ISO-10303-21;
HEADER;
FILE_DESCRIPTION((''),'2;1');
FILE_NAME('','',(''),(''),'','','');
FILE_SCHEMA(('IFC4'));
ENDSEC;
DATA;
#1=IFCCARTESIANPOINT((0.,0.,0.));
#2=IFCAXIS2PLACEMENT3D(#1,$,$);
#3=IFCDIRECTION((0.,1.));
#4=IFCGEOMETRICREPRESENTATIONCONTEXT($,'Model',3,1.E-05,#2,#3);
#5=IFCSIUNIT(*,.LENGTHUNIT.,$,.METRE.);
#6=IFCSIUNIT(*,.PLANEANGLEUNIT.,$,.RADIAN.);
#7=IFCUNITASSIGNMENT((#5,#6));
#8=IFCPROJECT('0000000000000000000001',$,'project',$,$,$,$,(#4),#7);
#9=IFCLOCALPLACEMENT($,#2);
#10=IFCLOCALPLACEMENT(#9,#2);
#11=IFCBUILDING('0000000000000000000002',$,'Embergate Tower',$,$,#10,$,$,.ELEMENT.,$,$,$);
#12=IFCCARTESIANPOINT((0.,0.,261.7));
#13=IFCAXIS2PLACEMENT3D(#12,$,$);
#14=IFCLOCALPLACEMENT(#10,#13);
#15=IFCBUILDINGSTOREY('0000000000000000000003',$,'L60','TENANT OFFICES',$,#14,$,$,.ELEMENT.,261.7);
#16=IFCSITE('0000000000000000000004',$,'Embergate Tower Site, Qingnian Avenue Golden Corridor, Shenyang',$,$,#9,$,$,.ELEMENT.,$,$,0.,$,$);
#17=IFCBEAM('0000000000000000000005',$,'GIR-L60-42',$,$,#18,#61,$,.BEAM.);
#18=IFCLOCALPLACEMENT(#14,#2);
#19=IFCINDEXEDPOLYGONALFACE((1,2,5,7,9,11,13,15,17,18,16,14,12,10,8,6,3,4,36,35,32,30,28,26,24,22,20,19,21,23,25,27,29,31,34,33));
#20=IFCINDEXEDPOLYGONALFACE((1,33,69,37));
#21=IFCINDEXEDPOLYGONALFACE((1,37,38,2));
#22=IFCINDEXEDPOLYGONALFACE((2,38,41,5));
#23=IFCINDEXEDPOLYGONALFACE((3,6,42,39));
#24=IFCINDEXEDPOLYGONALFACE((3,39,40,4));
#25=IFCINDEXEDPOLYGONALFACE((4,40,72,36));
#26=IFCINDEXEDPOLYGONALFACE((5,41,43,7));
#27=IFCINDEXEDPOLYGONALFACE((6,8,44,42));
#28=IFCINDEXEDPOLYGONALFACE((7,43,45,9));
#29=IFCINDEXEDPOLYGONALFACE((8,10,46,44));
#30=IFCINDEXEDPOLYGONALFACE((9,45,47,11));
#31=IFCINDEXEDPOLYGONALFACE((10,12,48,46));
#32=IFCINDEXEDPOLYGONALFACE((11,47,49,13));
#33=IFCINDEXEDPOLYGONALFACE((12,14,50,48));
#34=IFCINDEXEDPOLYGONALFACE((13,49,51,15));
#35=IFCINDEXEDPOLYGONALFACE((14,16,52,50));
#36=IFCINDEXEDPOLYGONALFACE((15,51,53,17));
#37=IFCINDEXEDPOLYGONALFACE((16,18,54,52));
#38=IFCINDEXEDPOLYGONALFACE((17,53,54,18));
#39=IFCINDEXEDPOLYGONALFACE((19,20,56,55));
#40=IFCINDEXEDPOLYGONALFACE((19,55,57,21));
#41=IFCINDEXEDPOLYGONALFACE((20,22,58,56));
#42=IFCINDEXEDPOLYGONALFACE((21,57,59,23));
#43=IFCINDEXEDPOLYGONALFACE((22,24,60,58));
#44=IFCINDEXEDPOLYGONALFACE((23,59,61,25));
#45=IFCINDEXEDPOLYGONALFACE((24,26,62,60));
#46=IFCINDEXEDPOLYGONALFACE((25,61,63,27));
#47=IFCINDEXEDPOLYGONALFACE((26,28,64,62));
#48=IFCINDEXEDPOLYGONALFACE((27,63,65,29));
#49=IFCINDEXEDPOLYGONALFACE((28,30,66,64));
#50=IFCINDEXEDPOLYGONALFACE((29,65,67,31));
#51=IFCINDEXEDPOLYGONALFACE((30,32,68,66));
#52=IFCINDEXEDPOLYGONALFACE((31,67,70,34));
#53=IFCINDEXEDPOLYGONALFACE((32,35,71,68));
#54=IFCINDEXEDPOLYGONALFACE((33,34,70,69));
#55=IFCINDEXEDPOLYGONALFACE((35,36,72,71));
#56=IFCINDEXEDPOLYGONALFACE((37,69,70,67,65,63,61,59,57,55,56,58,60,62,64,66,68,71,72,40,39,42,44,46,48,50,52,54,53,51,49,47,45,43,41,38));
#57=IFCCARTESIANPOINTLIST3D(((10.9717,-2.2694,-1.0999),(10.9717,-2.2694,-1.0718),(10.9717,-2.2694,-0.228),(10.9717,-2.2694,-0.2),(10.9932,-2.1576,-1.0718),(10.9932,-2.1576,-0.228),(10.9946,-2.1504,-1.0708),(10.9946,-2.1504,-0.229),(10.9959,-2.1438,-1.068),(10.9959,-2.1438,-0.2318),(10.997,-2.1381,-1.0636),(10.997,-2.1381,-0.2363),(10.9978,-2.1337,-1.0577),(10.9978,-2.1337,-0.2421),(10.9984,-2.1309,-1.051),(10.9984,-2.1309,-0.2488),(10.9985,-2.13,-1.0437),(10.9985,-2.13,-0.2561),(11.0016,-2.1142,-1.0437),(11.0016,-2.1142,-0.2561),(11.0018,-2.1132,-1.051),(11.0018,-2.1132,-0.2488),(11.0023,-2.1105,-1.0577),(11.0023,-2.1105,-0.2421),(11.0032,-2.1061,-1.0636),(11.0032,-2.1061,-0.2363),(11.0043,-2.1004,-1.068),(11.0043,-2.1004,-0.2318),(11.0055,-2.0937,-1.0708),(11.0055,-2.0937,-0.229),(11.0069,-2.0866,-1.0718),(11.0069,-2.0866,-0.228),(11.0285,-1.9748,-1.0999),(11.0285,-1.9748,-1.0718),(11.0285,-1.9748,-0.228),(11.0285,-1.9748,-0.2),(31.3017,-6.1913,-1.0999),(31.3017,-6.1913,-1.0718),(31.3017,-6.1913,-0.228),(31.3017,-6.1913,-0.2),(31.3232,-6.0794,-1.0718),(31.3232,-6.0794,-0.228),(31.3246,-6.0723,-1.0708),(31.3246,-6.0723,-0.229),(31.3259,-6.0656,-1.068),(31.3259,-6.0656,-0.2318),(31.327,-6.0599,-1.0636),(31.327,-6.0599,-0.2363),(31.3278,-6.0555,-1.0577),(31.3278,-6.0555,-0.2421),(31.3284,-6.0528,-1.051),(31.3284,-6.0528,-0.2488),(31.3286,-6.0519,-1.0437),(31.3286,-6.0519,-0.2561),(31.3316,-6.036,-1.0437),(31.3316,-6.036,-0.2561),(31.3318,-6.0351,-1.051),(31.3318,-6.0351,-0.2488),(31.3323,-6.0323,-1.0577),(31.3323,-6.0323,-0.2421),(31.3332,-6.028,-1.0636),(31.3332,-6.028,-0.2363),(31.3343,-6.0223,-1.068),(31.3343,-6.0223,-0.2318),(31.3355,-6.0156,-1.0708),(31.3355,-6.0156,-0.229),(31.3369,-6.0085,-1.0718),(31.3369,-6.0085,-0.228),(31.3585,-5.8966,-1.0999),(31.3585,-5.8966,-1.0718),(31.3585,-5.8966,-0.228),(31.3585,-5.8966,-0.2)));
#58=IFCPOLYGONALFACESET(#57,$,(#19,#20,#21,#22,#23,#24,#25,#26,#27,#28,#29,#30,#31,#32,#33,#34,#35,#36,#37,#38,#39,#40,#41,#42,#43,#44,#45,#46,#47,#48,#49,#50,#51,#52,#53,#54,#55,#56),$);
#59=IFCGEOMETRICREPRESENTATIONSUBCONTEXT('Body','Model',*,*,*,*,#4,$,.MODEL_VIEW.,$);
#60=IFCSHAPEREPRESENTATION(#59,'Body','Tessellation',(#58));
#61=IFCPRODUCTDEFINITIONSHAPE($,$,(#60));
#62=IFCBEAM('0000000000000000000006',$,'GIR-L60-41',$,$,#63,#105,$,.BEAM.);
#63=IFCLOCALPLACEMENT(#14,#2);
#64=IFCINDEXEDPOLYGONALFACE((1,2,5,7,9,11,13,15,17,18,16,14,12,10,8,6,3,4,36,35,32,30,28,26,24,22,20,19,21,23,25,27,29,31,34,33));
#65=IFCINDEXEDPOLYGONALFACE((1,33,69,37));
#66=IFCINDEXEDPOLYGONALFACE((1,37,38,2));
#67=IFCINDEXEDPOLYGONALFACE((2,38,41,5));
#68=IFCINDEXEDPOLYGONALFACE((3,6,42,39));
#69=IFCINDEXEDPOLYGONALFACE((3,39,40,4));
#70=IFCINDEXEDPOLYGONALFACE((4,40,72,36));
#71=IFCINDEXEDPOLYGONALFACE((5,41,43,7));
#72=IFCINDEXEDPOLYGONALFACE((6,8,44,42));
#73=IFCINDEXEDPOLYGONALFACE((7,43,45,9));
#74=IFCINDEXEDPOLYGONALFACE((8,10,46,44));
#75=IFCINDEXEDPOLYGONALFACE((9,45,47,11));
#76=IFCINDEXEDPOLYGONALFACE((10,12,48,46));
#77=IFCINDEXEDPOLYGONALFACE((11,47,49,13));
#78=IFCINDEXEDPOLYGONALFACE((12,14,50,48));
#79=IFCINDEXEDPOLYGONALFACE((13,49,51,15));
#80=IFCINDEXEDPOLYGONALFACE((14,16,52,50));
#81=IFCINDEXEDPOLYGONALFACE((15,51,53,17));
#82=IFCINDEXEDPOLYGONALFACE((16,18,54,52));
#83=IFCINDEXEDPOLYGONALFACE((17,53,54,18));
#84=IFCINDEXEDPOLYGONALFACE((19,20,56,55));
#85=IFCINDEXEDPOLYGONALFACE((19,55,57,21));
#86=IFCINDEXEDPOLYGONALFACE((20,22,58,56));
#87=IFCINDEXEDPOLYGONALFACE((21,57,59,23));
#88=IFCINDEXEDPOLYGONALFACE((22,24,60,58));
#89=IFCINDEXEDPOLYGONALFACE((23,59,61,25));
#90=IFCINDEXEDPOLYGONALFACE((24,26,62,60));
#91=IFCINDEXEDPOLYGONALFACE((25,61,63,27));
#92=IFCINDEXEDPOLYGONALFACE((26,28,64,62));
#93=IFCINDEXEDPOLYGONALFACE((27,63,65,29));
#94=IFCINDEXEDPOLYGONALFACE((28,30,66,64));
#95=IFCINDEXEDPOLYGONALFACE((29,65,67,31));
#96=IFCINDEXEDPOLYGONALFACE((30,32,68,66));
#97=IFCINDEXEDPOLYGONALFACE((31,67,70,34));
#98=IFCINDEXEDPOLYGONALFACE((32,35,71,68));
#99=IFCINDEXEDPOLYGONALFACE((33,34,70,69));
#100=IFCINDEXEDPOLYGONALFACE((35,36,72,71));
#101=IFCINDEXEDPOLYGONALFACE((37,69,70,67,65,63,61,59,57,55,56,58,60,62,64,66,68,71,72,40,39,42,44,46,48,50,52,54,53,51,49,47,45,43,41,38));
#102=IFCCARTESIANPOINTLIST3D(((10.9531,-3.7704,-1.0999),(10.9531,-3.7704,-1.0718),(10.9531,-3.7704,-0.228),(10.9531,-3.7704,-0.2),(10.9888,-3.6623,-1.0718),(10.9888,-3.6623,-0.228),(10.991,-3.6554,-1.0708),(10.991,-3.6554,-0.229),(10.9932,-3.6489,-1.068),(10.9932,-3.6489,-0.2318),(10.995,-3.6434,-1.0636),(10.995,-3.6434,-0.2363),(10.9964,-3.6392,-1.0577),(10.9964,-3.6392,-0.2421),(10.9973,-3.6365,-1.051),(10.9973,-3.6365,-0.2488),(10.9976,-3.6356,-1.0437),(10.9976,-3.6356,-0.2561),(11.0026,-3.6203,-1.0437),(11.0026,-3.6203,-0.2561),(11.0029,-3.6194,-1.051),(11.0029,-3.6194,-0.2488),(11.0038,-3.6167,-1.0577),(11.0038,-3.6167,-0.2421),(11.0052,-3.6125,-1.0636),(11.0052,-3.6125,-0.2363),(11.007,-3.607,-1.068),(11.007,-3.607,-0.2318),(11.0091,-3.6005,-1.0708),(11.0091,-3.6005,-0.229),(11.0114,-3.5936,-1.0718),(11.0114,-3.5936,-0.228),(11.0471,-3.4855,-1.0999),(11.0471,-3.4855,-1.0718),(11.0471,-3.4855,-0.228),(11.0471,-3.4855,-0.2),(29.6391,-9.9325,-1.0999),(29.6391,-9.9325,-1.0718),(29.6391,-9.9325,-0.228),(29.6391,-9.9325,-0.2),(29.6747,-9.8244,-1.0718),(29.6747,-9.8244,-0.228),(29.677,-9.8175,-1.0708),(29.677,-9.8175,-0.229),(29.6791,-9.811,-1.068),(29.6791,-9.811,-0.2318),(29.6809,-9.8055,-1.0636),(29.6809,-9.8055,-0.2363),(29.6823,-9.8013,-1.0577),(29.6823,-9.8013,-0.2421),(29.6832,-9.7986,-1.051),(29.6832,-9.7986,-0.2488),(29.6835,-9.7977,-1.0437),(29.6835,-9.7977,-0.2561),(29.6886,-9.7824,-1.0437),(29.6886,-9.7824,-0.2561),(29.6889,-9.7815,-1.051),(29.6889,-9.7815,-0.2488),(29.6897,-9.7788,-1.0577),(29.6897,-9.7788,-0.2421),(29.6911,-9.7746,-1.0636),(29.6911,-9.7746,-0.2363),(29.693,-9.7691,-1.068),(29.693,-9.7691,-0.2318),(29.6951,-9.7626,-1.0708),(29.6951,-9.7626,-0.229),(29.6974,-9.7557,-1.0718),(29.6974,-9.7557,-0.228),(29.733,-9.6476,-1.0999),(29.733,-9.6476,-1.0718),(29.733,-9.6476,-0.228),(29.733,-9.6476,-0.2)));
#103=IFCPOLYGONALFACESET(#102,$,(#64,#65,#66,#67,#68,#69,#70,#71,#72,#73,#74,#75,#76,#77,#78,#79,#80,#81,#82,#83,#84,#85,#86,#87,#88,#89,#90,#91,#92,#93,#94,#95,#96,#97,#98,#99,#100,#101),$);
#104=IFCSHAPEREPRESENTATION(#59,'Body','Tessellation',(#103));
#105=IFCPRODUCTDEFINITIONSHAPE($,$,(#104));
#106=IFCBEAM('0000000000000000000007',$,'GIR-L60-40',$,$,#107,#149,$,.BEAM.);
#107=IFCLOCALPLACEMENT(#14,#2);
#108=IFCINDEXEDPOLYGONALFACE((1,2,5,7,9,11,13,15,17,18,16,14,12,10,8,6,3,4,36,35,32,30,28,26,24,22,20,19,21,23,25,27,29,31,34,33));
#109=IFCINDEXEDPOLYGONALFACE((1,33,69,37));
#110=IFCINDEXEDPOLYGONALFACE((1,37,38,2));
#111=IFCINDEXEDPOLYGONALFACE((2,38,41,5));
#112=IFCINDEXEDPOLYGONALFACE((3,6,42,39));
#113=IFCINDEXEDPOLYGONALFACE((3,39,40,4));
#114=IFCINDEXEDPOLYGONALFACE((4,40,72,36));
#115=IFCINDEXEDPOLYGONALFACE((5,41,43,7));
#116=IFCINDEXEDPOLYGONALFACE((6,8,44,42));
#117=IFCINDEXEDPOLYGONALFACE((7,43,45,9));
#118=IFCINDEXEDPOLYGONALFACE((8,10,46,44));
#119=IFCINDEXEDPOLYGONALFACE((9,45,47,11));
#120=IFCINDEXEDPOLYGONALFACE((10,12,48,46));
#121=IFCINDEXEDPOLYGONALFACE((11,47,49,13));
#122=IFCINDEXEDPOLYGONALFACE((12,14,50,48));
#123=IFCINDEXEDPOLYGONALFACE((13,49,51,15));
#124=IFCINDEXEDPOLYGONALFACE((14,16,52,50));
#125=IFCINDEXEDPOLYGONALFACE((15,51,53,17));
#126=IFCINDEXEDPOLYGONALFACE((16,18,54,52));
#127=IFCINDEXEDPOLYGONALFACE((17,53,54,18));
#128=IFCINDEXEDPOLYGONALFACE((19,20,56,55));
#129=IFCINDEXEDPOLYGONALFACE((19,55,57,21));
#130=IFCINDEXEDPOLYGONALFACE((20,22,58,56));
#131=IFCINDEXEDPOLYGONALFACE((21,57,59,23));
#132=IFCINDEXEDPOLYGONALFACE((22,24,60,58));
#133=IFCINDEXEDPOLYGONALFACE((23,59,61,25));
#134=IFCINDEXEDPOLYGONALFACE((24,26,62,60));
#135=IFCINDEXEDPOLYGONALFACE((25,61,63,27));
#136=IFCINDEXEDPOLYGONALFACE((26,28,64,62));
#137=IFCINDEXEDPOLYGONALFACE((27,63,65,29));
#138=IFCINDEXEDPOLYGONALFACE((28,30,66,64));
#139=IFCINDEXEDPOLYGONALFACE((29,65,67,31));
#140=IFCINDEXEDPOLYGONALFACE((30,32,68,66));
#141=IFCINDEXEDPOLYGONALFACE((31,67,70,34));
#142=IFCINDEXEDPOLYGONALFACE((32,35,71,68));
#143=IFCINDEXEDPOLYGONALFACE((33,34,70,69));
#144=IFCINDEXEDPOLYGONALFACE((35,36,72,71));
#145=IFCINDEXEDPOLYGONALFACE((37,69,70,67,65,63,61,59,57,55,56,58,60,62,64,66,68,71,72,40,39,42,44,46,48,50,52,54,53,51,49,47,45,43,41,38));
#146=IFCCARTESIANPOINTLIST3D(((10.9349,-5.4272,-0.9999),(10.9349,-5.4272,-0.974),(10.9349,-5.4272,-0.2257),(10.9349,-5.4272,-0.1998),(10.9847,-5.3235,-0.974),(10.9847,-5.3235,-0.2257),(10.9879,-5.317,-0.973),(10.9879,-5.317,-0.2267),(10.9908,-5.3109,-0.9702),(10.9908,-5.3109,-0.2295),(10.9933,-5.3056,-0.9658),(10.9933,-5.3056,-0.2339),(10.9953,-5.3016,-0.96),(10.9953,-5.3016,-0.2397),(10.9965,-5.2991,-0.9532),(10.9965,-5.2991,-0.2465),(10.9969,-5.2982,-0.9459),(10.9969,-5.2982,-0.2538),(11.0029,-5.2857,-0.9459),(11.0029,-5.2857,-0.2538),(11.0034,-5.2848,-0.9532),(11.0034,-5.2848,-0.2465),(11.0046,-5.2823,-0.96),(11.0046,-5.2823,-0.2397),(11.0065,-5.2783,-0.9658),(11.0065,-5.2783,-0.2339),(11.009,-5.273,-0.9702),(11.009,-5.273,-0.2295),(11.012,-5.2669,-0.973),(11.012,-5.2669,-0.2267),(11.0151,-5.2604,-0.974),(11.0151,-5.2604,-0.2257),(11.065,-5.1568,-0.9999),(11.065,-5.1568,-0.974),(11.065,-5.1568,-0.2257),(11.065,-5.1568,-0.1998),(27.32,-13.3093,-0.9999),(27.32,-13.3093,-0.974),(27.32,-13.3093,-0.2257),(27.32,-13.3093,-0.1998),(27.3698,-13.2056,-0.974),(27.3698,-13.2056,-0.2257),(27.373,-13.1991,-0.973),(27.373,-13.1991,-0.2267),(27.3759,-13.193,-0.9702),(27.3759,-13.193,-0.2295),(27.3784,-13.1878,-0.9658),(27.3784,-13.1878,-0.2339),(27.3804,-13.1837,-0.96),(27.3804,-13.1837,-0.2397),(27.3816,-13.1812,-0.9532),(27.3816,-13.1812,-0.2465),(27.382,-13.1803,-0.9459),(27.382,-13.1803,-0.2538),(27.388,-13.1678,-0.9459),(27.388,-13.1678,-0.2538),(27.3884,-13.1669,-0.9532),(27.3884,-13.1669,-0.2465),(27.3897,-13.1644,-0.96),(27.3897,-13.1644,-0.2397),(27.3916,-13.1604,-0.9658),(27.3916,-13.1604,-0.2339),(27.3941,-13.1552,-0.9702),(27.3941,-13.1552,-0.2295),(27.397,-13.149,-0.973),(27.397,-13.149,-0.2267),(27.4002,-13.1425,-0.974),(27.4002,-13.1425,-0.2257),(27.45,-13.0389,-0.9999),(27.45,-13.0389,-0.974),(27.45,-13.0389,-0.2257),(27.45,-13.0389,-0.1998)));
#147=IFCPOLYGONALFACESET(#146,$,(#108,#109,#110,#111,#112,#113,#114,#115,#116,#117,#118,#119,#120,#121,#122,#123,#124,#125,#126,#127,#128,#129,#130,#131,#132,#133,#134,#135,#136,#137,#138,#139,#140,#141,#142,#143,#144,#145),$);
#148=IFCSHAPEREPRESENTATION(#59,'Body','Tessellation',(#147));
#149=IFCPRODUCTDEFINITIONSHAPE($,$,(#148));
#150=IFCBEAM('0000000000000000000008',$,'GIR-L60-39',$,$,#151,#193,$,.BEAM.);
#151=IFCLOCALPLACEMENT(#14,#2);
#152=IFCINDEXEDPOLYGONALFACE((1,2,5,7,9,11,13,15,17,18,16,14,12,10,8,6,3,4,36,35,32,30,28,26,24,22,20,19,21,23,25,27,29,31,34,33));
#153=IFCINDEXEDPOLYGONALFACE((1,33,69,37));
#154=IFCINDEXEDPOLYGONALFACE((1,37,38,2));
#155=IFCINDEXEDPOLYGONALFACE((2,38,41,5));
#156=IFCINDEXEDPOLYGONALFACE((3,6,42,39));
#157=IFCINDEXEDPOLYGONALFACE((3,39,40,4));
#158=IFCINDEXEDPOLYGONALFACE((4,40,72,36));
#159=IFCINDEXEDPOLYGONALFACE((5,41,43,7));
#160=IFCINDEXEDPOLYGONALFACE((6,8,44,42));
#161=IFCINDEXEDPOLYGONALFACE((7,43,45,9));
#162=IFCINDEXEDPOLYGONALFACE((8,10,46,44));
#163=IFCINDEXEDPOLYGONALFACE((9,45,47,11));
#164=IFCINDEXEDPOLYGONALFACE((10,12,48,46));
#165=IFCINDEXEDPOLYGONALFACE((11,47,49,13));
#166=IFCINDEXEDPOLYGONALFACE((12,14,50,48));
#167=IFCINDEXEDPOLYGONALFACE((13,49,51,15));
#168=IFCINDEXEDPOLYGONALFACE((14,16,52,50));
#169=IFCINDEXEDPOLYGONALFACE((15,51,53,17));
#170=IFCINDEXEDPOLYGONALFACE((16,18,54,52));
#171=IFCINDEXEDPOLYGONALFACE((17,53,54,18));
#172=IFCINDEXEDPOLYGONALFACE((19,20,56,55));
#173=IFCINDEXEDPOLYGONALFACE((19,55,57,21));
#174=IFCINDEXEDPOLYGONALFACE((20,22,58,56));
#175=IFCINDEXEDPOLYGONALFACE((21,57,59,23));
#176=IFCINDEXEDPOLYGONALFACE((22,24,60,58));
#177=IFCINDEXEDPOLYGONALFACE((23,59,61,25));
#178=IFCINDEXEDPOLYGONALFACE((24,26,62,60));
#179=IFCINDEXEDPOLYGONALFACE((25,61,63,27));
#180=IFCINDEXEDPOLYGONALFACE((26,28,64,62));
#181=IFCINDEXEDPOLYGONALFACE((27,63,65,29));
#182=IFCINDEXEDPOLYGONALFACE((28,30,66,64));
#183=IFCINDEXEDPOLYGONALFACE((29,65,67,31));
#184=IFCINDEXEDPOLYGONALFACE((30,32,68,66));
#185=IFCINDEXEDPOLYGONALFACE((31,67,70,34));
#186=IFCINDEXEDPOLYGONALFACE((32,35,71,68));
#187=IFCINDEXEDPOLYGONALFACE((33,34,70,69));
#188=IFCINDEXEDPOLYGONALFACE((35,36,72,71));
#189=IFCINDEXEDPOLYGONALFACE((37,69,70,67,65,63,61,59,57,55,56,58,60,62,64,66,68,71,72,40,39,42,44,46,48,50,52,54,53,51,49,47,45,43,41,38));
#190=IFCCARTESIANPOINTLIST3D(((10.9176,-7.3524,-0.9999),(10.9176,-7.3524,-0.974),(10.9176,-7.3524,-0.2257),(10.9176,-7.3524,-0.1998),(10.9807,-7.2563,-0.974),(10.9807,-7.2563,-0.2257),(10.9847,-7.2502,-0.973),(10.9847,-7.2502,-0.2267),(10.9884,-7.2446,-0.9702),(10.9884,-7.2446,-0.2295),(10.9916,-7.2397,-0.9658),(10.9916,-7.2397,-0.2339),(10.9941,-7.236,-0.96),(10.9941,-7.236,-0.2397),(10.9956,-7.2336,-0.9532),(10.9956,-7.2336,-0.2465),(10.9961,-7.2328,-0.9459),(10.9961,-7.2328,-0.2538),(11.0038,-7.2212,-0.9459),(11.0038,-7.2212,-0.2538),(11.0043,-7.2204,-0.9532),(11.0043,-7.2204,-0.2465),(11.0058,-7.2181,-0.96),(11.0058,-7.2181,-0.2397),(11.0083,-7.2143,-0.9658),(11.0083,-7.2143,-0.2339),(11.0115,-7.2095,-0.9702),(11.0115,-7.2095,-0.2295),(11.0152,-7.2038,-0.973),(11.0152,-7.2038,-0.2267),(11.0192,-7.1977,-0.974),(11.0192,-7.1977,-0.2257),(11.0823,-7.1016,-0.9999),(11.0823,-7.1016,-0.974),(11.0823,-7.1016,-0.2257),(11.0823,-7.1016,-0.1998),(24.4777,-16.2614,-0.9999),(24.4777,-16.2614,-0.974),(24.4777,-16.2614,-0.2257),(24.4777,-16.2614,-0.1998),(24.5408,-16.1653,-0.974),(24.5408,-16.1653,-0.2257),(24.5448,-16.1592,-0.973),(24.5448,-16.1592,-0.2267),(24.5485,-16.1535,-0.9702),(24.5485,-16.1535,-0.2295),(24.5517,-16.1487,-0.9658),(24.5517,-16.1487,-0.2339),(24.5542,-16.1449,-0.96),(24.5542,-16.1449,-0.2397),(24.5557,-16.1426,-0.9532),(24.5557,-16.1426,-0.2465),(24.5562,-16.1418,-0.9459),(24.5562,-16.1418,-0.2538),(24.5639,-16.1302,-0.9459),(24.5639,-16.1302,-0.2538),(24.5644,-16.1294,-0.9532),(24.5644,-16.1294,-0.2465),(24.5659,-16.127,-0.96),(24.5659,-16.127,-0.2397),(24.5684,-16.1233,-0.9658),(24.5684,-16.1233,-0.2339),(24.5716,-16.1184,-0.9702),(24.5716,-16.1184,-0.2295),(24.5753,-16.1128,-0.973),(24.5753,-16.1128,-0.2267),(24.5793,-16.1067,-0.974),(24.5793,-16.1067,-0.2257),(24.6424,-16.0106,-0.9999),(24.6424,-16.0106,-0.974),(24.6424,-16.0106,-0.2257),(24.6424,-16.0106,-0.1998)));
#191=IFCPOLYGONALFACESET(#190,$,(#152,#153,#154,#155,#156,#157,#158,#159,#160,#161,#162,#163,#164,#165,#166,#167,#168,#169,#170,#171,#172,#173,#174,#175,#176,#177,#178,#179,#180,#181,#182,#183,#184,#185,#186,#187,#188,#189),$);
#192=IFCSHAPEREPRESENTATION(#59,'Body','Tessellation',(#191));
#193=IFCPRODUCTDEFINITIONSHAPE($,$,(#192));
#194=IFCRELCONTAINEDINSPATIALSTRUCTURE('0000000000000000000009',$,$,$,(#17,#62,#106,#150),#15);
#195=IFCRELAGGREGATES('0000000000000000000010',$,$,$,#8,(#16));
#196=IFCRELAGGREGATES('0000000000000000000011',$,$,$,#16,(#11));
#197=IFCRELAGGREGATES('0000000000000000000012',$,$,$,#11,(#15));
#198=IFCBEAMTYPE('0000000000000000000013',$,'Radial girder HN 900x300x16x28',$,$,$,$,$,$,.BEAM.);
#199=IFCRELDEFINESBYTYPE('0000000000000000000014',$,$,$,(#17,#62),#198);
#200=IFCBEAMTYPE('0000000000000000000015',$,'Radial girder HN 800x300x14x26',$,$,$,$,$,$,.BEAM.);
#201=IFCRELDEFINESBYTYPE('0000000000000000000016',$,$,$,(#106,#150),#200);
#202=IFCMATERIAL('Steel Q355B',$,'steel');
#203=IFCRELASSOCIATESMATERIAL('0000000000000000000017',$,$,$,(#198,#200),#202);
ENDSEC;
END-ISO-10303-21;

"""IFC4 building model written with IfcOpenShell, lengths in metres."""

from ifc_helpers import new_model, si_unit, direction, frame, origin, origin_2d, place, context, subcontext, project, spatial, i_section, extrude, source, transform, mapped, material, material_profile, profile_set, type_object, element, save


model = new_model("IFC4")

# Units and contexts
model_context = context("Model", 3, precision=1e-05, world=origin(), true_north=direction((0.0, 1.0)))
body_context = subcontext(model_context, "Body", "Model", "MODEL_VIEW")
ifc_project = project(units=[si_unit("LENGTHUNIT", "METRE"), si_unit("PLANEANGLEUNIT", "RADIAN")], contexts=[model_context])

# Site, building, storey
site_placement = place(None, origin())
site = spatial("IfcSite", under=ifc_project, at=site_placement, Name="Embergate Tower Site, Qingnian Avenue Golden Corridor, Shenyang", CompositionType="ELEMENT", RefElevation=0.0)
building_placement = place(site_placement, origin())
building = spatial("IfcBuilding", under=site, at=building_placement, Name="Embergate Tower", CompositionType="ELEMENT")
storey_placement = place(building_placement, frame((0.0, 0.0, 261.7)))
storey = spatial("IfcBuildingStorey", under=building, at=storey_placement, Name="L60", Description="TENANT OFFICES", CompositionType="ELEMENT", Elevation=261.7)

# Beams
ifc_material_1 = material(Name="Steel Q355B", Category="steel")
ifc_material_profile_1 = material_profile(ifc_material_1, i_section(OverallWidth=0.3, OverallDepth=0.8999, WebThickness=0.0161, FlangeThickness=0.0281, FilletRadius=0.0281, at=origin_2d()), Name="HN 900x300x16x28")
ifc_profile_set_1 = profile_set([ifc_material_profile_1], Name="Steel Q355 grade B")
beam_type_1 = type_object("IfcBeamType", Name="Radial girder HN 900x300x16x28", PredefinedType="BEAM", material=ifc_profile_set_1)
shared_shape_1 = source(origin(), body_context, "Body", "SweptSolid", [
    extrude(i_section(OverallWidth=0.3, OverallDepth=0.8999, WebThickness=0.0161, FlangeThickness=0.0281, FilletRadius=0.0281, at=origin_2d()), origin(), (0.0, 0.0, 1.0), 20.7048),
])
beam_1_placement = place(storey_placement, frame((31.3301, -6.0439, -0.6499), z_axis=(-0.981897, 0.189418, 0.0), x_axis=(-0.189418, -0.981897, 0.0)))
element("IfcBeam", 1, at=beam_1_placement, inside=storey, type_object=beam_type_1, Name="GIR-L60-42", PredefinedType="BEAM", context=body_context, shape_type="MappedRepresentation", body=[
    mapped(shared_shape_1, transform((0.0, 0.0, 0.0))),
])
shared_shape_2 = source(origin(), body_context, "Body", "SweptSolid", [
    extrude(i_section(OverallWidth=0.3, OverallDepth=0.8999, WebThickness=0.0161, FlangeThickness=0.0281, FilletRadius=0.0281, at=origin_2d()), origin(), (0.0, 0.0, 1.0), 19.6758),
])
beam_2_placement = place(storey_placement, frame((29.686, -9.79, -0.6499), z_axis=(-0.949693, 0.313181, 0.0), x_axis=(-0.313181, -0.949693, 0.0)))
element("IfcBeam", 2, at=beam_2_placement, inside=storey, type_object=beam_type_1, Name="GIR-L60-41", PredefinedType="BEAM", context=body_context, shape_type="MappedRepresentation", body=[
    mapped(shared_shape_2, transform((0.0, 0.0, 0.0))),
])
ifc_material_profile_2 = material_profile(ifc_material_1, i_section(OverallWidth=0.3, OverallDepth=0.8, WebThickness=0.0139, FlangeThickness=0.0259, FilletRadius=0.0281, at=origin_2d()), Name="HN 800x300x14x26")
ifc_profile_set_2 = profile_set([ifc_material_profile_2], Name="Steel Q355 grade B")
beam_type_2 = type_object("IfcBeamType", Name="Radial girder HN 800x300x14x26", PredefinedType="BEAM", material=ifc_profile_set_2)
shared_shape_3 = source(origin(), body_context, "Body", "SweptSolid", [
    extrude(i_section(OverallWidth=0.3, OverallDepth=0.8, WebThickness=0.0139, FlangeThickness=0.0259, FilletRadius=0.0281, at=origin_2d()), origin(), (0.0, 0.0, 1.0), 18.1824),
])
beam_3_placement = place(storey_placement, frame((27.385, -13.1741, -0.5999), z_axis=(-0.901152, 0.433503, 0.0), x_axis=(-0.433503, -0.901152, 0.0)))
element("IfcBeam", 3, at=beam_3_placement, inside=storey, type_object=beam_type_2, Name="GIR-L60-40", PredefinedType="BEAM", context=body_context, shape_type="MappedRepresentation", body=[
    mapped(shared_shape_3, transform((0.0, 0.0, 0.0))),
])
shared_shape_4 = source(origin(), body_context, "Body", "SweptSolid", [
    extrude(i_section(OverallWidth=0.3, OverallDepth=0.8, WebThickness=0.0139, FlangeThickness=0.0259, FilletRadius=0.0281, at=origin_2d()), origin(), (0.0, 0.0, 1.0), 16.2249),
])
beam_4_placement = place(storey_placement, frame((24.5601, -16.136, -0.5999), z_axis=(-0.835761, 0.549094, 0.0), x_axis=(-0.549094, -0.835761, 0.0)))
element("IfcBeam", 4, at=beam_4_placement, inside=storey, type_object=beam_type_2, Name="GIR-L60-39", PredefinedType="BEAM", context=body_context, shape_type="MappedRepresentation", body=[
    mapped(shared_shape_4, transform((0.0, 0.0, 0.0))),
])

save(model, "model.ifc")
